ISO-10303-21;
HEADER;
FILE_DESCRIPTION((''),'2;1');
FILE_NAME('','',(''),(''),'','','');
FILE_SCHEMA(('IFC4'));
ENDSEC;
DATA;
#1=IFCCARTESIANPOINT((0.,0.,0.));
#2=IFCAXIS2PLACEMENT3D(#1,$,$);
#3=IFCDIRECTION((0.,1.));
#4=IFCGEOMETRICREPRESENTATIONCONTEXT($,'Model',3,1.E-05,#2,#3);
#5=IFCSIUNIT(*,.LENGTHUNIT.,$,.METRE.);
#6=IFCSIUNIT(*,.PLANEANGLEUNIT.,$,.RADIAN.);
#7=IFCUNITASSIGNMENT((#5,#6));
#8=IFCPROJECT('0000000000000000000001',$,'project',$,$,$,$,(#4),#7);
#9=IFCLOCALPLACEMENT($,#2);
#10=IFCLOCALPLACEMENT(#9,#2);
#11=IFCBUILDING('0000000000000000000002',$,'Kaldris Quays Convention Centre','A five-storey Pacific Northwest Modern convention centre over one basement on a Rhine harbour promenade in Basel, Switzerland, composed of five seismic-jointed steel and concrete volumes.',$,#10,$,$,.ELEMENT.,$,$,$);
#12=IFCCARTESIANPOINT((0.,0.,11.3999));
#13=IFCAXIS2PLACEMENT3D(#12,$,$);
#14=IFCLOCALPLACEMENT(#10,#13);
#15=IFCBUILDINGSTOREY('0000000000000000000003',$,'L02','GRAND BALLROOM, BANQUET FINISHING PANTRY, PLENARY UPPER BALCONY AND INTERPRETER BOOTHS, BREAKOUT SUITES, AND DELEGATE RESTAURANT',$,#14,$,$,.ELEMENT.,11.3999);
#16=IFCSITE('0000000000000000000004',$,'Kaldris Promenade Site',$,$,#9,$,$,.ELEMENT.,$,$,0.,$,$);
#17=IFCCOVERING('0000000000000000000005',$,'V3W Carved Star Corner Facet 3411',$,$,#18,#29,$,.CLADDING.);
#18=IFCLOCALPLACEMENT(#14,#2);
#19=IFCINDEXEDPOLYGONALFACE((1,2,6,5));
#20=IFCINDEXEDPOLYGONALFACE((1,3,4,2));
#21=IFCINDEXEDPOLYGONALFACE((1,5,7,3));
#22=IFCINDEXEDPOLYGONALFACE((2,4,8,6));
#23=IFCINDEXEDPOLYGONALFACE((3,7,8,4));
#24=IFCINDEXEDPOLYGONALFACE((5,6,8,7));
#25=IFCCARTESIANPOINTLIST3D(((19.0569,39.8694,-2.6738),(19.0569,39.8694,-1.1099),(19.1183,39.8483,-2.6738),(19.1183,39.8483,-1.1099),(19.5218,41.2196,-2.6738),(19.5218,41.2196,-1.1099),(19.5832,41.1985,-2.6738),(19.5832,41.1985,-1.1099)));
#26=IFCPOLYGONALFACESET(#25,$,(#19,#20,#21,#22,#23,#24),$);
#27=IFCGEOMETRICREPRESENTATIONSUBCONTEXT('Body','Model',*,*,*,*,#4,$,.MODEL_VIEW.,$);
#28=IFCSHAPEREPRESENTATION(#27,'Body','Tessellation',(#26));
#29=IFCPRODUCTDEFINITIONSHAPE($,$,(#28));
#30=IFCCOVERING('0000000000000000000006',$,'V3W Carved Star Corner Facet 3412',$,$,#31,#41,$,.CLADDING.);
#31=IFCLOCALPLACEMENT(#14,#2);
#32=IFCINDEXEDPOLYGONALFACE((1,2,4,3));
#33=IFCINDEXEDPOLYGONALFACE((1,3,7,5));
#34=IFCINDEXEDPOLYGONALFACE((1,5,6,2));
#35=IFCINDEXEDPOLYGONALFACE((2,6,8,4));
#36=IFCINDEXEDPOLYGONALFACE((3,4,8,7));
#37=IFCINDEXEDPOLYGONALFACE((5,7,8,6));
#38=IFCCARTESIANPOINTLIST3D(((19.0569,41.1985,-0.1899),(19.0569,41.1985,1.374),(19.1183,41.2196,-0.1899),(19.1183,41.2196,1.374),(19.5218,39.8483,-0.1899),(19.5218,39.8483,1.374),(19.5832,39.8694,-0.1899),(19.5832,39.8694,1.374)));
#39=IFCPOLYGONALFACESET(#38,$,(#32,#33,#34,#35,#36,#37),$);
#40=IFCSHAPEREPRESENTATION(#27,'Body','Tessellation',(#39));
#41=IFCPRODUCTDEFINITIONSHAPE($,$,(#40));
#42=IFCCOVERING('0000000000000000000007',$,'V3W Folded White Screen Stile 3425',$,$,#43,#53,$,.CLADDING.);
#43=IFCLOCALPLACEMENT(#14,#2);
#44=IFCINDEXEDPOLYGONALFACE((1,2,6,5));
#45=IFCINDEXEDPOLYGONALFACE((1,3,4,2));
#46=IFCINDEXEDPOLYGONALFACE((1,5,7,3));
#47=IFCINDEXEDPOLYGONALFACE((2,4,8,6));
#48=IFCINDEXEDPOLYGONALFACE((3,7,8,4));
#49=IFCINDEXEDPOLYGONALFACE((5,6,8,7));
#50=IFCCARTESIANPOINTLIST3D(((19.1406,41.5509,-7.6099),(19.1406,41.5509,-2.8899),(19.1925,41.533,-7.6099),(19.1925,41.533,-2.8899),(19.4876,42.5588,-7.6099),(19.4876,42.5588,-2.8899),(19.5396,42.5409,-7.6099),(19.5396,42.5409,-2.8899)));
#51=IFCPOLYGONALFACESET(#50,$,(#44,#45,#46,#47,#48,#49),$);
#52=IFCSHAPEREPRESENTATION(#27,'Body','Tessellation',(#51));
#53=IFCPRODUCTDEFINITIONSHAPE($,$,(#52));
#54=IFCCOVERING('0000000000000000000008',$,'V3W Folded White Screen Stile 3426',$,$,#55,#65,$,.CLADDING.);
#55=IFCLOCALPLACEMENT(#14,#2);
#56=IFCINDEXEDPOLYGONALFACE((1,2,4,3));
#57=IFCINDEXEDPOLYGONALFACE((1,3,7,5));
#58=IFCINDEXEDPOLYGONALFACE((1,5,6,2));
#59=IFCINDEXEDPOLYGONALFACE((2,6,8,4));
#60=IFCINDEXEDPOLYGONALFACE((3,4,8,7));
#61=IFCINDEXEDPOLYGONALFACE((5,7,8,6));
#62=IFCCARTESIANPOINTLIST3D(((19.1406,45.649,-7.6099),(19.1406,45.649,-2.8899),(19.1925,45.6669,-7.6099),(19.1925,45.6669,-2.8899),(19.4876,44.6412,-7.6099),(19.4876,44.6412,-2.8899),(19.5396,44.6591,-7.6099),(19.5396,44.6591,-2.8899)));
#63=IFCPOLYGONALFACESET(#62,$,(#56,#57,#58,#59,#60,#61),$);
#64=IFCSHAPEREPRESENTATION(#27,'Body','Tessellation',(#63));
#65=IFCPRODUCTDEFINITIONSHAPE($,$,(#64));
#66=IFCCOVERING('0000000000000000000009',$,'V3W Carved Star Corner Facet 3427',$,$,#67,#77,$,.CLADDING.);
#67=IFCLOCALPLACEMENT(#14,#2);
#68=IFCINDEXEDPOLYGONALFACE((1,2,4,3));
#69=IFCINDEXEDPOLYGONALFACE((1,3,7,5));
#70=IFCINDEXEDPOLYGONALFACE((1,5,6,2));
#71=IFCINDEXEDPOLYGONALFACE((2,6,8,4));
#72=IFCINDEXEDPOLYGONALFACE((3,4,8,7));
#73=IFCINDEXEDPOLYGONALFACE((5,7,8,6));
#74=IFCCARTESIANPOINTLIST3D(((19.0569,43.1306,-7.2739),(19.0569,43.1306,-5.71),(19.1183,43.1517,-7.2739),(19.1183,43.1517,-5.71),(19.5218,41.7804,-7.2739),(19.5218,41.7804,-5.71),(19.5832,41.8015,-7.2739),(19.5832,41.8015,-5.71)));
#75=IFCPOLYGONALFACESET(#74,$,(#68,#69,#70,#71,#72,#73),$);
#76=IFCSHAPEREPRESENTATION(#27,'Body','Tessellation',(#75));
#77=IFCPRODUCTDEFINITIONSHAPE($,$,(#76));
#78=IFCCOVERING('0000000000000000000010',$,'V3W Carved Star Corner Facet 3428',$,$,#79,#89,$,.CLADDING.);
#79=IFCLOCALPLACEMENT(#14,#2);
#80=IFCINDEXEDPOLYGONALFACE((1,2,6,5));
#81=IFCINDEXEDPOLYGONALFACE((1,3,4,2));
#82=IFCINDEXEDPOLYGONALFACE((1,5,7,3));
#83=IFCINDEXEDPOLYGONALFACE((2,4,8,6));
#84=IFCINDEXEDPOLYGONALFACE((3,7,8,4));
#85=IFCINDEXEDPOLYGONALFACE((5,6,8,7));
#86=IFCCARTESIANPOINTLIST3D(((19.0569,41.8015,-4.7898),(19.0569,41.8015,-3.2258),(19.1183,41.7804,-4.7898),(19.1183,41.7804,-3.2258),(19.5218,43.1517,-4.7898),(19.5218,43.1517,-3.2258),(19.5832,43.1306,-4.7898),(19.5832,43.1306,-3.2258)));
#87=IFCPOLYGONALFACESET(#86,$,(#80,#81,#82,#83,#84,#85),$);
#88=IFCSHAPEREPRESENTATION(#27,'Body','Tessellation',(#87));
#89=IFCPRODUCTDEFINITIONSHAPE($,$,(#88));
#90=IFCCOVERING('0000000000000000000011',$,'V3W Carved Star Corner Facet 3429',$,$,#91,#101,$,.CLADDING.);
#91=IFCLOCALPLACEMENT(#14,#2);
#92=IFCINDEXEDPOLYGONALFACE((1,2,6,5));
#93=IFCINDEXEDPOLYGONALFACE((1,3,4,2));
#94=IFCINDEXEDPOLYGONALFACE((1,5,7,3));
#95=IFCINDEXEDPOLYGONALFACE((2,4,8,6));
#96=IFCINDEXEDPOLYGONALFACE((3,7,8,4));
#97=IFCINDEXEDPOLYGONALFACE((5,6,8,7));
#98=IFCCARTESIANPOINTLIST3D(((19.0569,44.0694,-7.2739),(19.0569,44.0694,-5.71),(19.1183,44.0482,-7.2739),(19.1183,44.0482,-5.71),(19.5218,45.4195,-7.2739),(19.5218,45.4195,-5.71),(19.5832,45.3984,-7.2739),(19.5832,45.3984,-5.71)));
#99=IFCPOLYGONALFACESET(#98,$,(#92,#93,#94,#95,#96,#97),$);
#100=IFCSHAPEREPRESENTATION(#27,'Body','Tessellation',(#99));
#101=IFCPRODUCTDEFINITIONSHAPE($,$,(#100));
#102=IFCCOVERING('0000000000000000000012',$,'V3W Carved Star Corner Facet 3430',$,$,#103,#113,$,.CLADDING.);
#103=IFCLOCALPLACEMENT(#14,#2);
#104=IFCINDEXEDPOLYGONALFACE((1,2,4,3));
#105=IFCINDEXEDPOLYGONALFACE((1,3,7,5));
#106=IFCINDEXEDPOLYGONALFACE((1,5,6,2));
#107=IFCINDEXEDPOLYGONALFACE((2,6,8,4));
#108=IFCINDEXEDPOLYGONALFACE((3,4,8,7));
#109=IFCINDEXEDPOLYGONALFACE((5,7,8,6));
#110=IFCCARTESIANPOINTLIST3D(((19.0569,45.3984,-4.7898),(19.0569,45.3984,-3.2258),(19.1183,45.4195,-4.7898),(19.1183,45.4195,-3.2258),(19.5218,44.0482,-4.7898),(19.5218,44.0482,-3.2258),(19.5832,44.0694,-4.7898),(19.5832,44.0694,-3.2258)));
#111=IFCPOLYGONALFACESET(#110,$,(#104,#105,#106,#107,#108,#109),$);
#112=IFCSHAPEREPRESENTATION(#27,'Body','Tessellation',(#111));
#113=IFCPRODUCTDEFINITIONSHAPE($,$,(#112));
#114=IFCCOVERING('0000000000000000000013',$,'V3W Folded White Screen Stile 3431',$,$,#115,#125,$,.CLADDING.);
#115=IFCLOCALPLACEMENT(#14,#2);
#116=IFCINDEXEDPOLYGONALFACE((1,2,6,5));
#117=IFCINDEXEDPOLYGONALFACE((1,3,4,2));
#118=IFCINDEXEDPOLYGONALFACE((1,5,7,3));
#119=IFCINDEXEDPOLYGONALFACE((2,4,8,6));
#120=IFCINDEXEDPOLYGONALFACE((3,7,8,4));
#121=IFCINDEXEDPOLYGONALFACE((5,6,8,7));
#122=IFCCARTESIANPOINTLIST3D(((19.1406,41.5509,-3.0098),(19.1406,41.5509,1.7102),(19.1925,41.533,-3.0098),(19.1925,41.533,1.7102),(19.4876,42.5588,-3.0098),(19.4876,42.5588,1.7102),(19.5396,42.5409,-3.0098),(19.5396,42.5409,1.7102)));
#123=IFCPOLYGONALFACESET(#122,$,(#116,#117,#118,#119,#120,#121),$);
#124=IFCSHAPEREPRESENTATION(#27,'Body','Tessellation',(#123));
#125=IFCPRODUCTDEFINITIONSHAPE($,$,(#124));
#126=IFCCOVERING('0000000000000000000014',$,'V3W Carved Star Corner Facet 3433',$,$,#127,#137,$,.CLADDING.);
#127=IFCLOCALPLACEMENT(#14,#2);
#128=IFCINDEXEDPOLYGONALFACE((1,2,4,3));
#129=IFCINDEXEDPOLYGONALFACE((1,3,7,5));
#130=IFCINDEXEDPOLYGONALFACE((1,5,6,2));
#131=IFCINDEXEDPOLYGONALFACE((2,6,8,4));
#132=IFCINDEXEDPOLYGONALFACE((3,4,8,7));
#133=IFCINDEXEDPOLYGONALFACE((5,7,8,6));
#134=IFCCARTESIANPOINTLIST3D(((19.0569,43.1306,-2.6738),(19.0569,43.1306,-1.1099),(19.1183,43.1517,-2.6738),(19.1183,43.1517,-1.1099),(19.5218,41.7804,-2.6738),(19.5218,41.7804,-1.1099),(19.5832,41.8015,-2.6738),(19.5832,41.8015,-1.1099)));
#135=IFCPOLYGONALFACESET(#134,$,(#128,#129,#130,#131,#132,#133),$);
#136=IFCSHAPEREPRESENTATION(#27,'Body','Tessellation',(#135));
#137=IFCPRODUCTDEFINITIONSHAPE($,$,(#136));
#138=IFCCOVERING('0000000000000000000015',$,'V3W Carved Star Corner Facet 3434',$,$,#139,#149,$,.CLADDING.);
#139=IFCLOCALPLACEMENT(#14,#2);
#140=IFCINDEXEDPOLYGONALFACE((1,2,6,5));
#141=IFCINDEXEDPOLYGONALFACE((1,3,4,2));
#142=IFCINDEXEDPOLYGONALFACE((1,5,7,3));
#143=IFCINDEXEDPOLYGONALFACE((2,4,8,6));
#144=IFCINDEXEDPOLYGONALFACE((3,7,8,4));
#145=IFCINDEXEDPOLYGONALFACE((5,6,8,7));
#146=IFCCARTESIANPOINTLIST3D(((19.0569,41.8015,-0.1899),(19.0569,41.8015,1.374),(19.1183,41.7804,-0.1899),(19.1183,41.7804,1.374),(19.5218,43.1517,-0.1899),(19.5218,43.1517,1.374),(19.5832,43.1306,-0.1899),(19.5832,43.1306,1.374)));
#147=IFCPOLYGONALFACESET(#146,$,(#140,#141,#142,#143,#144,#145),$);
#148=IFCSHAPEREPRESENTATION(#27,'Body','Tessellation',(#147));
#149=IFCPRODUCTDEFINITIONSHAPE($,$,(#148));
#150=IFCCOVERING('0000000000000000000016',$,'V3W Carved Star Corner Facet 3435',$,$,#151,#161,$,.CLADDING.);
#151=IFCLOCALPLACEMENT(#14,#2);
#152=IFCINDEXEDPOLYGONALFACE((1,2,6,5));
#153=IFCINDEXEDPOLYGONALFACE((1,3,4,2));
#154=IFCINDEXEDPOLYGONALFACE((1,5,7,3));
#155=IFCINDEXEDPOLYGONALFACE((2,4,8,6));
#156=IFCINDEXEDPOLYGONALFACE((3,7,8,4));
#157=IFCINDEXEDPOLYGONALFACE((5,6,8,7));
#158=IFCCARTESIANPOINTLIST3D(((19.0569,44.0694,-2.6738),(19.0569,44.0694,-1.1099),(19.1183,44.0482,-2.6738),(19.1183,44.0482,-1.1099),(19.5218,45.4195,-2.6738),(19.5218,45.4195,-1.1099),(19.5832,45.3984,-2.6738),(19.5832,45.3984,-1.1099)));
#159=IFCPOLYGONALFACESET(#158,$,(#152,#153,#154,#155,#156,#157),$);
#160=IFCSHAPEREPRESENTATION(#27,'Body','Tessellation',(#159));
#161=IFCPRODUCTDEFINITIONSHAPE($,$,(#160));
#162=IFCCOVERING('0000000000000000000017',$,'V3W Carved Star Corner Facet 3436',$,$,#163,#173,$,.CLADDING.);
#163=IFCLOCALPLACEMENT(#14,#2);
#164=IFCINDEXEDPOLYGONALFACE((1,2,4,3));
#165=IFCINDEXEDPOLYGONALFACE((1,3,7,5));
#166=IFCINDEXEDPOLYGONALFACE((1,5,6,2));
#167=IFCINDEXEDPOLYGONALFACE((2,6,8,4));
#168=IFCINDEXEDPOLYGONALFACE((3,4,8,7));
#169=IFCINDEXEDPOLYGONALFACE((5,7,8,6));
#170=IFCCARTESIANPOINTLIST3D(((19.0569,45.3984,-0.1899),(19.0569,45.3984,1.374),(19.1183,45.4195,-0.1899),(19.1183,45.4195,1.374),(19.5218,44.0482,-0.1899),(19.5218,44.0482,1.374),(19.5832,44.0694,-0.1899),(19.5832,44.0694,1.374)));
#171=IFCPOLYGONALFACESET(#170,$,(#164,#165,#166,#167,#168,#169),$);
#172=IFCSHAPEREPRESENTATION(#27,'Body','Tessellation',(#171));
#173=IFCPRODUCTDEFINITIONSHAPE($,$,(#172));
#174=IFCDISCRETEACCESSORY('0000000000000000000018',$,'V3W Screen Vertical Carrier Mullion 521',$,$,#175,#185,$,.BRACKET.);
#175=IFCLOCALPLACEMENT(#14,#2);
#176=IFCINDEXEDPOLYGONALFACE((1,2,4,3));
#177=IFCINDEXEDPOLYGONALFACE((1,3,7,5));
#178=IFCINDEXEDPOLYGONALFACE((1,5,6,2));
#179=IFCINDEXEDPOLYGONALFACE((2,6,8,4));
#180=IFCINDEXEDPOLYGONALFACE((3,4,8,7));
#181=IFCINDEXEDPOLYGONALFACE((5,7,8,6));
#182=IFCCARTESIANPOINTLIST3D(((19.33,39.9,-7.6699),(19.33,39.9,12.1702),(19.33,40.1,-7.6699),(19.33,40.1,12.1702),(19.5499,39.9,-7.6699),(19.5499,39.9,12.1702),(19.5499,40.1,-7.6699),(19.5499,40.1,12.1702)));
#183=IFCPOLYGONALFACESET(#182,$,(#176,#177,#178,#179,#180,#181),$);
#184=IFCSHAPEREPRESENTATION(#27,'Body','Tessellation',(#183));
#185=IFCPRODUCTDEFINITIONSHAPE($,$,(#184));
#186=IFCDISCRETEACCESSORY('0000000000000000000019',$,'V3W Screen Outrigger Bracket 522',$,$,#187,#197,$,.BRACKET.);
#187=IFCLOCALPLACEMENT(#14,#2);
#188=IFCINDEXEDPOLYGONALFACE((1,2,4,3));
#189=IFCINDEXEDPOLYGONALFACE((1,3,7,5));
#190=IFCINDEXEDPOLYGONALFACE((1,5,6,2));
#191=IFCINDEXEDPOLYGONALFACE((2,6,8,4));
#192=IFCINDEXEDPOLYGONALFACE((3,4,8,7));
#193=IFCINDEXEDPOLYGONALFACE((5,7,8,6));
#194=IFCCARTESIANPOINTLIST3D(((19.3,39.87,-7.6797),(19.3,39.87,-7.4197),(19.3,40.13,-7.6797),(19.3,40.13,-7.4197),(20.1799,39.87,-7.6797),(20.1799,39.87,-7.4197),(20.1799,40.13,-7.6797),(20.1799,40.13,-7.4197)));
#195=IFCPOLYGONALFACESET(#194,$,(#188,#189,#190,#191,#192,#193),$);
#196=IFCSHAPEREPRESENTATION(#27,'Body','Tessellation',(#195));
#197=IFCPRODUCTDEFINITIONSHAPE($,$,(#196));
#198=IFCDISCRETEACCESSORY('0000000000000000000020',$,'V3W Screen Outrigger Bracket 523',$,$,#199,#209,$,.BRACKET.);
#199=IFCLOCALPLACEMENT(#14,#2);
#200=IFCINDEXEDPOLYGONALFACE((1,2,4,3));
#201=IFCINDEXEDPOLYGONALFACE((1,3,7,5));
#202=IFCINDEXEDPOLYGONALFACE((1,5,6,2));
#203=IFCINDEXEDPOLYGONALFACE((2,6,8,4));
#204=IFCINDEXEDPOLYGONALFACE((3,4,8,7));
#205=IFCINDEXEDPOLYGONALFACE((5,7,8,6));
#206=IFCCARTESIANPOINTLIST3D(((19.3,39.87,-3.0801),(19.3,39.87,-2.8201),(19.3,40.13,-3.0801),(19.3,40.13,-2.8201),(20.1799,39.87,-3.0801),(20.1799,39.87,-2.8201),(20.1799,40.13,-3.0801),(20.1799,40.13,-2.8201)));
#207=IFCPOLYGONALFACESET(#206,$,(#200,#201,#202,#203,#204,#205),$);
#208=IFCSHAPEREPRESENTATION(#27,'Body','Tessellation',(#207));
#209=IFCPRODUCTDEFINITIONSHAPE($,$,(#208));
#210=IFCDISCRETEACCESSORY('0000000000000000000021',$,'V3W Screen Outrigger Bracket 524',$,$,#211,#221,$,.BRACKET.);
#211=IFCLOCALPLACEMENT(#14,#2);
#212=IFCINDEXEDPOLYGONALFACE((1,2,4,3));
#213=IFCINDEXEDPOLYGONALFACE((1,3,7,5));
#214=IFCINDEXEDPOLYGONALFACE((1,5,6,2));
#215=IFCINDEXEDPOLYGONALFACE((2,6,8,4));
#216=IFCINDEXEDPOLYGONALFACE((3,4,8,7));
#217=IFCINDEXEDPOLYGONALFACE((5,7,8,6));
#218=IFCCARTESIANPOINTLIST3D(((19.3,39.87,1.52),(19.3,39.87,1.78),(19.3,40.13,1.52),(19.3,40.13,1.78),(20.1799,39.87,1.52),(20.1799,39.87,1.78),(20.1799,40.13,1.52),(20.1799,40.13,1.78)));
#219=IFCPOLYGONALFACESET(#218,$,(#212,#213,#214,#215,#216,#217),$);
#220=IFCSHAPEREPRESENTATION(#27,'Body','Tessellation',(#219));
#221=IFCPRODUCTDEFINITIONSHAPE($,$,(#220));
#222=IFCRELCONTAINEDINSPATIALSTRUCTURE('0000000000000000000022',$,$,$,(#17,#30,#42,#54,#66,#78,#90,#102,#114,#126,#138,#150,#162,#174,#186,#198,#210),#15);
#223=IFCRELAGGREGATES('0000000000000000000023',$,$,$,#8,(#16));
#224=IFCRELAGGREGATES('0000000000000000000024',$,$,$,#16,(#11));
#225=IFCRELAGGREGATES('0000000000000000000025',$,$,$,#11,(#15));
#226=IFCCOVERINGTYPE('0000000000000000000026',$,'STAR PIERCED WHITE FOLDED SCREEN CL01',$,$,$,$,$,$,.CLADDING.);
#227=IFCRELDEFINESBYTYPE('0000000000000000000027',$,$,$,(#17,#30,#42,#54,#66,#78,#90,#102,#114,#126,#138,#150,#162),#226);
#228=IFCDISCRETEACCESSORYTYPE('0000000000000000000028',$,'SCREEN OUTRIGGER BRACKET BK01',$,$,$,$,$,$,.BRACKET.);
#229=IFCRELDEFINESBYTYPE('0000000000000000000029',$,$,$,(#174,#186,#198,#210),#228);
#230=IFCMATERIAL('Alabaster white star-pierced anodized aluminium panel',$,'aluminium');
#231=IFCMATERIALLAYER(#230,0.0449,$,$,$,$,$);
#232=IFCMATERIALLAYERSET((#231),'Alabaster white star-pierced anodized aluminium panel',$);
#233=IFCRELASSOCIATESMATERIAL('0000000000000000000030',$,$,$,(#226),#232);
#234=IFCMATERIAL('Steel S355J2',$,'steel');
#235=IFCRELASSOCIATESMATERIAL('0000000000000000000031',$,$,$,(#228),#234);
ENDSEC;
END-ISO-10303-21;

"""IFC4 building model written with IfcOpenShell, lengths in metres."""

from ifc_helpers import new_model, si_unit, direction, frame, origin, origin_2d, place, context, subcontext, project, spatial, rectangle, extrude, material, layer, layer_set, type_object, element, save


model = new_model("IFC4")

# Units and contexts
model_context = context("Model", 3, precision=1e-05, world=origin(), true_north=direction((0.0, 1.0)))
body_context = subcontext(model_context, "Body", "Model", "MODEL_VIEW")
ifc_project = project(units=[si_unit("LENGTHUNIT", "METRE"), si_unit("PLANEANGLEUNIT", "RADIAN")], contexts=[model_context])

# Site, building, storey
site_placement = place(None, origin())
site = spatial("IfcSite", under=ifc_project, at=site_placement, Name="Kaldris Promenade Site", CompositionType="ELEMENT", RefElevation=0.0)
building_placement = place(site_placement, origin())
building = spatial("IfcBuilding", under=site, at=building_placement, Name="Kaldris Quays Convention Centre", Description="A five-storey Pacific Northwest Modern convention centre over one basement on a Rhine harbour promenade in Basel, Switzerland, composed of five seismic-jointed steel and concrete volumes.", CompositionType="ELEMENT")
storey_placement = place(building_placement, frame((0.0, 0.0, 11.3999)))
storey = spatial("IfcBuildingStorey", under=building, at=storey_placement, Name="L02", Description="GRAND BALLROOM, BANQUET FINISHING PANTRY, PLENARY UPPER BALCONY AND INTERPRETER BOOTHS, BREAKOUT SUITES, AND DELEGATE RESTAURANT", CompositionType="ELEMENT", Elevation=11.3999)

# Coverings
ifc_material_1 = material(Name="Alabaster white star-pierced anodized aluminium panel", Category="aluminium")
ifc_layer = layer(ifc_material_1, 0.0449)
ifc_layer_set = layer_set([ifc_layer], Name="Alabaster white star-pierced anodized aluminium panel")
covering_type = type_object("IfcCoveringType", Name="STAR PIERCED WHITE FOLDED SCREEN CL01", PredefinedType="CLADDING", material=ifc_layer_set)
for number, where, z_axis, x_axis, name in (
    (1, (19.3201, 40.5339, -2.6738), (0.0, 0.0, 1.0), (0.325568, 0.945519, 0.0), "V3W Carved Star Corner Facet 3411"),
    (2, (19.3201, 40.5339, -0.1899), (0.0, 0.0, 1.0), (-0.325568, 0.945519, 0.0), "V3W Carved Star Corner Facet 3412"),
):
    element("IfcCovering", number, at=place(storey_placement, frame(where, z_axis=z_axis, x_axis=x_axis)), inside=storey, type_object=covering_type, Name=name, PredefinedType="CLADDING", context=body_context, shape_type="SweptSolid", body=[
        extrude(rectangle(XDim=1.428, YDim=0.0649, at=origin_2d()), origin(), (0.0, 0.0, 1.0), 1.564),
    ])
for number, where, z_axis, x_axis, name in (
    (3, (19.3401, 42.0459, -7.6099), (0.0, 0.0, 1.0), (0.325568, 0.945519, 0.0), "V3W Folded White Screen Stile 3425"),
    (4, (19.3401, 45.1541, -7.6099), (0.0, 0.0, 1.0), (-0.325568, 0.945519, 0.0), "V3W Folded White Screen Stile 3426"),
):
    element("IfcCovering", number, at=place(storey_placement, frame(where, z_axis=z_axis, x_axis=x_axis)), inside=storey, type_object=covering_type, Name=name, PredefinedType="CLADDING", context=body_context, shape_type="SweptSolid", body=[
        extrude(rectangle(XDim=1.0659, YDim=0.0549, at=origin_2d()), origin(), (0.0, 0.0, 1.0), 4.72),
    ])
for number, where, z_axis, x_axis, name in (
    (5, (19.3201, 42.4661, -7.2739), (0.0, 0.0, 1.0), (-0.325568, 0.945519, 0.0), "V3W Carved Star Corner Facet 3427"),
    (6, (19.3201, 42.4661, -4.7898), (0.0, 0.0, 1.0), (0.325568, 0.945519, 0.0), "V3W Carved Star Corner Facet 3428"),
    (7, (19.3201, 44.7339, -7.2739), (0.0, 0.0, 1.0), (0.325568, 0.945519, 0.0), "V3W Carved Star Corner Facet 3429"),
    (8, (19.3201, 44.7339, -4.7898), (0.0, 0.0, 1.0), (-0.325568, 0.945519, 0.0), "V3W Carved Star Corner Facet 3430"),
):
    element("IfcCovering", number, at=place(storey_placement, frame(where, z_axis=z_axis, x_axis=x_axis)), inside=storey, type_object=covering_type, Name=name, PredefinedType="CLADDING", context=body_context, shape_type="SweptSolid", body=[
        extrude(rectangle(XDim=1.428, YDim=0.0649, at=origin_2d()), origin(), (0.0, 0.0, 1.0), 1.564),
    ])
covering_1_placement = place(storey_placement, frame((19.3401, 42.0459, -3.0098), z_axis=(0.0, 0.0, 1.0), x_axis=(0.325568, 0.945519, 0.0)))
element("IfcCovering", 9, at=covering_1_placement, inside=storey, type_object=covering_type, Name="V3W Folded White Screen Stile 3431", PredefinedType="CLADDING", context=body_context, shape_type="SweptSolid", body=[
    extrude(rectangle(XDim=1.0659, YDim=0.0549, at=origin_2d()), origin(), (0.0, 0.0, 1.0), 4.72),
])
for number, where, z_axis, x_axis, name in (
    (10, (19.3201, 42.4661, -2.6738), (0.0, 0.0, 1.0), (-0.325568, 0.945519, 0.0), "V3W Carved Star Corner Facet 3433"),
    (11, (19.3201, 42.4661, -0.1899), (0.0, 0.0, 1.0), (0.325568, 0.945519, 0.0), "V3W Carved Star Corner Facet 3434"),
    (12, (19.3201, 44.7339, -2.6738), (0.0, 0.0, 1.0), (0.325568, 0.945519, 0.0), "V3W Carved Star Corner Facet 3435"),
    (13, (19.3201, 44.7339, -0.1899), (0.0, 0.0, 1.0), (-0.325568, 0.945519, 0.0), "V3W Carved Star Corner Facet 3436"),
):
    element("IfcCovering", number, at=place(storey_placement, frame(where, z_axis=z_axis, x_axis=x_axis)), inside=storey, type_object=covering_type, Name=name, PredefinedType="CLADDING", context=body_context, shape_type="SweptSolid", body=[
        extrude(rectangle(XDim=1.428, YDim=0.0649, at=origin_2d()), origin(), (0.0, 0.0, 1.0), 1.564),
    ])

# Discrete accessories
ifc_material_2 = material(Name="Steel S355J2", Category="steel")
discrete_accessory_type = type_object("IfcDiscreteAccessoryType", Name="SCREEN OUTRIGGER BRACKET BK01", PredefinedType="BRACKET", material=ifc_material_2)
discrete_accessory_placement = place(storey_placement, frame((19.4399, 40.0, -7.6699), z_axis=(0.0, 0.0, 1.0), x_axis=(0.0, 1.0, 0.0)))
element("IfcDiscreteAccessory", 14, at=discrete_accessory_placement, inside=storey, type_object=discrete_accessory_type, Name="V3W Screen Vertical Carrier Mullion 521", PredefinedType="BRACKET", context=body_context, shape_type="SweptSolid", body=[
    extrude(rectangle(XDim=0.2, YDim=0.22, at=origin_2d()), origin(), (0.0, 0.0, 1.0), 19.8401),
])
for number, where, z_axis, x_axis, name in (
    (15, (19.74, 40.0, -7.6797), (0.0, 0.0, 1.0), (0.0, 1.0, 0.0), "V3W Screen Outrigger Bracket 522"),
    (16, (19.74, 40.0, -3.0801), (0.0, 0.0, 1.0), (0.0, 1.0, 0.0), "V3W Screen Outrigger Bracket 523"),
    (17, (19.74, 40.0, 1.52), (0.0, 0.0, 1.0), (0.0, 1.0, 0.0), "V3W Screen Outrigger Bracket 524"),
):
    element("IfcDiscreteAccessory", number, at=place(storey_placement, frame(where, z_axis=z_axis, x_axis=x_axis)), inside=storey, type_object=discrete_accessory_type, Name=name, PredefinedType="BRACKET", context=body_context, shape_type="SweptSolid", body=[
        extrude(rectangle(XDim=0.26, YDim=0.8799, at=origin_2d()), origin(), (0.0, 0.0, 1.0), 0.26),
    ])

save(model, "model.ifc")
